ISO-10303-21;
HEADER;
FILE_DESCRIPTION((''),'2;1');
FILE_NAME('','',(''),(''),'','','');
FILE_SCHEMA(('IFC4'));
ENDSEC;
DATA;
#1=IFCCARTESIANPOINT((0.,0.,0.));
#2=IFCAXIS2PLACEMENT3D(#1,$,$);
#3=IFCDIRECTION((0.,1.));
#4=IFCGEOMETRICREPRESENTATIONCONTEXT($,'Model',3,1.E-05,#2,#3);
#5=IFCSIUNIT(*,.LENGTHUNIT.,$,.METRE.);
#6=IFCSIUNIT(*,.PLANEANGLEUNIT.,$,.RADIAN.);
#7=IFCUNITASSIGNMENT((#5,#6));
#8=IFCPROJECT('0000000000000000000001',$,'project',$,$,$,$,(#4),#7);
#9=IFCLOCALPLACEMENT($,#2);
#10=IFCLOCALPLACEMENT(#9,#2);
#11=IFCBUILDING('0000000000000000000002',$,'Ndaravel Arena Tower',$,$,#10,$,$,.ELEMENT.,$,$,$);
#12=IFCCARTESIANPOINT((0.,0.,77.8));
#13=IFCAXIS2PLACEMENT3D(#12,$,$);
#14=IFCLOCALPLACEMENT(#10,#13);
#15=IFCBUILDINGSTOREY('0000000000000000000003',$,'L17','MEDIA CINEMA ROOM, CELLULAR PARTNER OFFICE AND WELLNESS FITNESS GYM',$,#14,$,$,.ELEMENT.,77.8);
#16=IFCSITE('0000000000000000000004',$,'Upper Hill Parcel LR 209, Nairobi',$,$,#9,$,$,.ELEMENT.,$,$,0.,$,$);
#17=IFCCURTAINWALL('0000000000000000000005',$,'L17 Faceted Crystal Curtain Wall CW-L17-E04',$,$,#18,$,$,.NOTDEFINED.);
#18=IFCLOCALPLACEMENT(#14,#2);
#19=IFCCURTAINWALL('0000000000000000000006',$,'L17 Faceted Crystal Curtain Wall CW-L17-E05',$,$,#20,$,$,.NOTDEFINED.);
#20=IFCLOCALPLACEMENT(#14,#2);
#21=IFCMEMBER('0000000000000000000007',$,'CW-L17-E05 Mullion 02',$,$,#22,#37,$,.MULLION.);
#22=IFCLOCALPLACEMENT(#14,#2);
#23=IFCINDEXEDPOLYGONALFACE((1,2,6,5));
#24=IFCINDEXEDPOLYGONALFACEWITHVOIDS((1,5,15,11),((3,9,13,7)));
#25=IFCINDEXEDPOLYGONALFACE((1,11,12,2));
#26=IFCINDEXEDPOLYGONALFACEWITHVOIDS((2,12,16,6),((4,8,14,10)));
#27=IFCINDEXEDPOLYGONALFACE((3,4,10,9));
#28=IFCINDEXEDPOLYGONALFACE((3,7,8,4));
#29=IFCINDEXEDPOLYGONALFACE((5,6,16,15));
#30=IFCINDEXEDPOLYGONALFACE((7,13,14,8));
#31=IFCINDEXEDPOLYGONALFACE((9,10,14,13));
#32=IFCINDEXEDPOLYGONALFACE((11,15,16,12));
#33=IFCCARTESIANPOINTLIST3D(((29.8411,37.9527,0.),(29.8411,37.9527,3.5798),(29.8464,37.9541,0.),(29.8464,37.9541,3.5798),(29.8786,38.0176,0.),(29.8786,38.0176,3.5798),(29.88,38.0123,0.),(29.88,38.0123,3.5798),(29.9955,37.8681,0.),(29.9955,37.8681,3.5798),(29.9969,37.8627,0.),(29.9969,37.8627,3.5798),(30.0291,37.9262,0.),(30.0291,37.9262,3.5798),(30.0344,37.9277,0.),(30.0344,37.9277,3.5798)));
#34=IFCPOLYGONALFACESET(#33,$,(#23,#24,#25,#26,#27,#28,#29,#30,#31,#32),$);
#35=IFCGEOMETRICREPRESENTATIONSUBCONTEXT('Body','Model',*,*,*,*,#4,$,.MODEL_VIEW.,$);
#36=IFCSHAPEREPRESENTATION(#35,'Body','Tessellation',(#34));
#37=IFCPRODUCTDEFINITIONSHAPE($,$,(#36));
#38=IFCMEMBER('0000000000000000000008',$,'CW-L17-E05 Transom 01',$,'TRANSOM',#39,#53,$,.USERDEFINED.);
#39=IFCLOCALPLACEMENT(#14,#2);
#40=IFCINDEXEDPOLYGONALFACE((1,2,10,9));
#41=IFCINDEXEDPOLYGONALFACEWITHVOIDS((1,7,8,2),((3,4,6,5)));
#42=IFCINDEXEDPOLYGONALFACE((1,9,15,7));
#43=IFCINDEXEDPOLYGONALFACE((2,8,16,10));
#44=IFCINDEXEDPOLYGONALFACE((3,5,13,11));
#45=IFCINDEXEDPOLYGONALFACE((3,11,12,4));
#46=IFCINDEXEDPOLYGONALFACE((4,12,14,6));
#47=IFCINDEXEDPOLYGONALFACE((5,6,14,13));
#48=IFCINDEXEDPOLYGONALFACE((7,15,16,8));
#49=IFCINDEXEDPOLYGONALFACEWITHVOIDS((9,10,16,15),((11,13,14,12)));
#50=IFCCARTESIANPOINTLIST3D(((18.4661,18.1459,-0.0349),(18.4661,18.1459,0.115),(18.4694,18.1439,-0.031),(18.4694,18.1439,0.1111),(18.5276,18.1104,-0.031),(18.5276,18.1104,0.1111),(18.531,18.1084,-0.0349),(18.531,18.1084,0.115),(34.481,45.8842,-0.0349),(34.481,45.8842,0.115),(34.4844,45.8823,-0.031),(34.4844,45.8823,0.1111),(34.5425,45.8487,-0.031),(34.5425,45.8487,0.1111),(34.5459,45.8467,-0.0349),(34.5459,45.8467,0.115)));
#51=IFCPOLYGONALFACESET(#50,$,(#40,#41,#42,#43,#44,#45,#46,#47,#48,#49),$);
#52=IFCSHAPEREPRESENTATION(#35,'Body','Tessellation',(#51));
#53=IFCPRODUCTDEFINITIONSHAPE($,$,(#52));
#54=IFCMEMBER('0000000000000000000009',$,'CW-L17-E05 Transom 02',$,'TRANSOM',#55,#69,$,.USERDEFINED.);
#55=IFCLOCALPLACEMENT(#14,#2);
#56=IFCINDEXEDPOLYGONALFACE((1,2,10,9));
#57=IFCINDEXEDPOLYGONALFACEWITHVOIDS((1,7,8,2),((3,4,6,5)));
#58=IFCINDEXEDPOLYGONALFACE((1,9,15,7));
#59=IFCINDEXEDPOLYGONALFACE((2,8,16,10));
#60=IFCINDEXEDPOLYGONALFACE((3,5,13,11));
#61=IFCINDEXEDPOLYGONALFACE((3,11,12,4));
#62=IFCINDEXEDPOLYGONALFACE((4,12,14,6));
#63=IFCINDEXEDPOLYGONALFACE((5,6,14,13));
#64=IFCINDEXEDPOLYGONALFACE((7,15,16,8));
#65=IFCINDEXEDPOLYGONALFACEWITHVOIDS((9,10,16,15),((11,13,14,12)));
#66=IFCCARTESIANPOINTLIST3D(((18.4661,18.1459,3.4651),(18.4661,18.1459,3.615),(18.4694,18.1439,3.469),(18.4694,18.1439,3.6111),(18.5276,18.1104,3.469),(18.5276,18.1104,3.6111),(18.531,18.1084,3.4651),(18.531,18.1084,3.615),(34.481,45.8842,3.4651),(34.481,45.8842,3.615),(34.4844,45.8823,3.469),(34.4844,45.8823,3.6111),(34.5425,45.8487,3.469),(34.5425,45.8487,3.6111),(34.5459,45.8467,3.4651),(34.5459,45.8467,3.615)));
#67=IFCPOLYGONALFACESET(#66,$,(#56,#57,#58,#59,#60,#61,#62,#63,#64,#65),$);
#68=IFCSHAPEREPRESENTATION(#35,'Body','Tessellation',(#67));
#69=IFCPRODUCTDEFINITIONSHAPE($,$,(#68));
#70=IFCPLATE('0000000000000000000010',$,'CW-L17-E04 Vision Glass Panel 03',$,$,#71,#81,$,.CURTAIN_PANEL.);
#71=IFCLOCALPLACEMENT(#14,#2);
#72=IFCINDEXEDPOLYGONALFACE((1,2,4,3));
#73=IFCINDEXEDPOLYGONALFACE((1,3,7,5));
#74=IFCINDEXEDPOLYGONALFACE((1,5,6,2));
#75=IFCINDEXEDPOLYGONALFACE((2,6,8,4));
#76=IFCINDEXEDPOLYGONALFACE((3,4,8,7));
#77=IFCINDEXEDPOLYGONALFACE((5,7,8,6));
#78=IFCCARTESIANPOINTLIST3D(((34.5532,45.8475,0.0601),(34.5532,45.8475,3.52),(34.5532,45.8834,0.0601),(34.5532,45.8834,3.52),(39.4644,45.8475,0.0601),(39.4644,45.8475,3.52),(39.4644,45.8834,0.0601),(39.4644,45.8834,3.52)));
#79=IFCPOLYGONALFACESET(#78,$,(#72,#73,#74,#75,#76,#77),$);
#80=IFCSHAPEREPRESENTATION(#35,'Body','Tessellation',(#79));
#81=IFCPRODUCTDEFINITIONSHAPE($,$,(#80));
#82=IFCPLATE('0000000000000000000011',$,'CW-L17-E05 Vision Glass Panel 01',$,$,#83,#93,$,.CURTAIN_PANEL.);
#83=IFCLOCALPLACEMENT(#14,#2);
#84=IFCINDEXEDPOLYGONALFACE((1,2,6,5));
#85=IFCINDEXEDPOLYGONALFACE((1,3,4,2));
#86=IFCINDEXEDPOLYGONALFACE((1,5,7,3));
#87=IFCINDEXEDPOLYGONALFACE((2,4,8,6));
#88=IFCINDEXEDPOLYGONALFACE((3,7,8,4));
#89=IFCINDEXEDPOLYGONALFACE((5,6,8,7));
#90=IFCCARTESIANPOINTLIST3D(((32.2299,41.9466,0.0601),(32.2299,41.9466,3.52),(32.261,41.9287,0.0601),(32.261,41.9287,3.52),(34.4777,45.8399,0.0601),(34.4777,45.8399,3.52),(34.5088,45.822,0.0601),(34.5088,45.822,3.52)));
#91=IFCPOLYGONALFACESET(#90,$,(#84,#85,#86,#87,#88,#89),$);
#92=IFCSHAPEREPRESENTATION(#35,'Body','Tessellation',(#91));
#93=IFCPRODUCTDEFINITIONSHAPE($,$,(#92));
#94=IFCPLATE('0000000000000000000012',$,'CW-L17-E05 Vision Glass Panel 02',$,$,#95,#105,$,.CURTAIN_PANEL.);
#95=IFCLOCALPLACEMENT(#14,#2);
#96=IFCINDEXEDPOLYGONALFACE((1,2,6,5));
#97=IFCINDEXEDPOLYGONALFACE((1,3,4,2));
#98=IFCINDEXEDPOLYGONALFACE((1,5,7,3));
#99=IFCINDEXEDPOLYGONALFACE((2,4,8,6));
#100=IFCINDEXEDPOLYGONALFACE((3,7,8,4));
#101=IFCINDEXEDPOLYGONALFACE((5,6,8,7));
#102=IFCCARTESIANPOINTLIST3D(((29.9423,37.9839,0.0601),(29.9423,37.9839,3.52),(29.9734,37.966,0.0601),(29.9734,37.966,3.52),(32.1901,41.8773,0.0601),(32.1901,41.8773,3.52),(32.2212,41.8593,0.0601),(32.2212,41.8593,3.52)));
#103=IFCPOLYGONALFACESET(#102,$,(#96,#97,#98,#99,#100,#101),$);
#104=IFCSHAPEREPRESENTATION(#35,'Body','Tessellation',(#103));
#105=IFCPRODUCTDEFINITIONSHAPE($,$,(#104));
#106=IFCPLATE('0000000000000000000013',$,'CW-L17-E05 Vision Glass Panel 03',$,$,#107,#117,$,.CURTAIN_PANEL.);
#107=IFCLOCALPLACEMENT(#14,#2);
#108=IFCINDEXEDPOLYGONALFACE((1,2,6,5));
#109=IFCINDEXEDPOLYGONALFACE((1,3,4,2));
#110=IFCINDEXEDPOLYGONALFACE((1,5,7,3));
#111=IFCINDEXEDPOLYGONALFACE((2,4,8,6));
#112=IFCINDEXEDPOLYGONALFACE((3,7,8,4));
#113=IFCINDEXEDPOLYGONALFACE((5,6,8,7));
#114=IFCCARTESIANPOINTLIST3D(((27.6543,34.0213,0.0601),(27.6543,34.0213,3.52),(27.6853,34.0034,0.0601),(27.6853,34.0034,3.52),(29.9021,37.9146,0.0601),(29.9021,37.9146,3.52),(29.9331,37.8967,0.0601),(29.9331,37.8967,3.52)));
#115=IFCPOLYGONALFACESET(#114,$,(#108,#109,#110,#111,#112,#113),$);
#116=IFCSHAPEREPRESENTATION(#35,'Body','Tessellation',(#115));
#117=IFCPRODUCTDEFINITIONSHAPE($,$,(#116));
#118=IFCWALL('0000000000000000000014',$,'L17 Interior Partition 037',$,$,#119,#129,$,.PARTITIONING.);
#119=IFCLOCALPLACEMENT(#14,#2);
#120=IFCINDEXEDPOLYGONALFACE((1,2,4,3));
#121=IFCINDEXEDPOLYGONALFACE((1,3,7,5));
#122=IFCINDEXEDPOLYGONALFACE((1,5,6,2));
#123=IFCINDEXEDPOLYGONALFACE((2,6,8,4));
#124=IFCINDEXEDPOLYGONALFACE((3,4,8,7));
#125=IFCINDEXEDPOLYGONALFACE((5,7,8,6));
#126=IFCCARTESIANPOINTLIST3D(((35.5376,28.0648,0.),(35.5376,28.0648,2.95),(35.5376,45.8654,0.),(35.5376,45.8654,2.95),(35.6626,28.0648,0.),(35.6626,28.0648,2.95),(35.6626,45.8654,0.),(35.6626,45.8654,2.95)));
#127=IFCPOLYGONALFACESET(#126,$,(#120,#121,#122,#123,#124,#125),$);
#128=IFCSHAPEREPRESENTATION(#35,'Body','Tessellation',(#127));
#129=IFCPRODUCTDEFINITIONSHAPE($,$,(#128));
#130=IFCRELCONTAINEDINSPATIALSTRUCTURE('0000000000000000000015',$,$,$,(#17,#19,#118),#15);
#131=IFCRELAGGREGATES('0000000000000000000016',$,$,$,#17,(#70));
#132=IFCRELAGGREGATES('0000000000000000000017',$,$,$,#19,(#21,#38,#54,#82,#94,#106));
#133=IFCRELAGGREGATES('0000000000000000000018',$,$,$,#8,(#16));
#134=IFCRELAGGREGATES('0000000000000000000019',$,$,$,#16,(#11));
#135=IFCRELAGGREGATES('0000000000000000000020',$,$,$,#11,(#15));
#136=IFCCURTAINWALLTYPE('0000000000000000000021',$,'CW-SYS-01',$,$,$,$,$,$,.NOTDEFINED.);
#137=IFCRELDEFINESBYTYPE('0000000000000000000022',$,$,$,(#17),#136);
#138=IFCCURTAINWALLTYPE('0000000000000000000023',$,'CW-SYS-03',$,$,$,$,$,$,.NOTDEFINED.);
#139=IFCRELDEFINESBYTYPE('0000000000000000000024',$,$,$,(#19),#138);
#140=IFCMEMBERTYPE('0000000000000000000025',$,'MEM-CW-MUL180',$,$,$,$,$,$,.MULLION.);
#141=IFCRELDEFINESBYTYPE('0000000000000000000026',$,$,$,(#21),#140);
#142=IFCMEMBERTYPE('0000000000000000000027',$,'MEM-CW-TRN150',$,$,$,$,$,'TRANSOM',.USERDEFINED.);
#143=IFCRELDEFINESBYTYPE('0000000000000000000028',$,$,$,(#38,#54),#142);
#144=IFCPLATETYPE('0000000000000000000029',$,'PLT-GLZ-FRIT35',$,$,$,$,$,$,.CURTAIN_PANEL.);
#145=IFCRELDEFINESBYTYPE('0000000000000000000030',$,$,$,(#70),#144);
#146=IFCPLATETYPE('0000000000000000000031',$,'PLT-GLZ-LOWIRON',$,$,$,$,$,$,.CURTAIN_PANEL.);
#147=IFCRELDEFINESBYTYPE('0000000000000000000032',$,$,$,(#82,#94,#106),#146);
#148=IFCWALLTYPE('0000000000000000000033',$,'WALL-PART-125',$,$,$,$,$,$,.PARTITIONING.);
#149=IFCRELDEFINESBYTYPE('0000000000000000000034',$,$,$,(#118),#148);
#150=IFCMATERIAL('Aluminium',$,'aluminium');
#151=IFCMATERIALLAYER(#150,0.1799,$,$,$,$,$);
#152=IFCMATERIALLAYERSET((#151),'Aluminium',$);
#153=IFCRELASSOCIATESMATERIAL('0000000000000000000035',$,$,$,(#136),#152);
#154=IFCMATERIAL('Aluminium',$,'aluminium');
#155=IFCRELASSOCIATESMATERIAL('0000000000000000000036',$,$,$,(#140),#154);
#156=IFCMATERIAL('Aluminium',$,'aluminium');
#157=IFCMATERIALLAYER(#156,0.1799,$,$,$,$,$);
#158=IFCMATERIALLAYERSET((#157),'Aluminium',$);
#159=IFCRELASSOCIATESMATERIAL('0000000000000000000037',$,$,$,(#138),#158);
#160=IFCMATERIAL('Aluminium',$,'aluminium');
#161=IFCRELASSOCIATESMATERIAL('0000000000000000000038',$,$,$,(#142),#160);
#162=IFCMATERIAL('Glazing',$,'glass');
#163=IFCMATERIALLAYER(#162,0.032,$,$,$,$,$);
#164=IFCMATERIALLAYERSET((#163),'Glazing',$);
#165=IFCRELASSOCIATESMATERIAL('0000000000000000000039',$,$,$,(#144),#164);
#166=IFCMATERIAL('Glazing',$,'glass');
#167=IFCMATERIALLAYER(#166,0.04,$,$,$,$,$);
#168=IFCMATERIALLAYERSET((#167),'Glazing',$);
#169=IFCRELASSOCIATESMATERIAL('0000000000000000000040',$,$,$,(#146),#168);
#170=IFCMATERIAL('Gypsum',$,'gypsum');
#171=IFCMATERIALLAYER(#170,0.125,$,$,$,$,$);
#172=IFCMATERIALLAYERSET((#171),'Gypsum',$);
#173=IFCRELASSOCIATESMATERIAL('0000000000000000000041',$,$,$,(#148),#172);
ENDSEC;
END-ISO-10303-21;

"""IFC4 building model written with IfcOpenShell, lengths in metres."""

from ifc_helpers import new_model, si_unit, direction, frame, frame_2d, origin, origin_2d, place, context, subcontext, project, spatial, rectangle, hollow_rectangle, extrude, material, layer, layer_set, material_profile, profile_set, type_object, element, aggregate, save


model = new_model("IFC4")

# Units and contexts
model_context = context("Model", 3, precision=1e-05, world=origin(), true_north=direction((0.0, 1.0)))
body_context = subcontext(model_context, "Body", "Model", "MODEL_VIEW")
ifc_project = project(units=[si_unit("LENGTHUNIT", "METRE"), si_unit("PLANEANGLEUNIT", "RADIAN")], contexts=[model_context])

# Site, building, storey
site_placement = place(None, origin())
site = spatial("IfcSite", under=ifc_project, at=site_placement, Name="Upper Hill Parcel LR 209, Nairobi", CompositionType="ELEMENT", RefElevation=0.0)
building_placement = place(site_placement, origin())
building = spatial("IfcBuilding", under=site, at=building_placement, Name="Ndaravel Arena Tower", CompositionType="ELEMENT")
storey_placement = place(building_placement, frame((0.0, 0.0, 77.8)))
storey = spatial("IfcBuildingStorey", under=building, at=storey_placement, Name="L17", Description="MEDIA CINEMA ROOM, CELLULAR PARTNER OFFICE AND WELLNESS FITNESS GYM", CompositionType="ELEMENT", Elevation=77.8)

# Curtain wall
ifc_material_1 = material(Name="Aluminium", Category="aluminium")
ifc_layer_1 = layer(ifc_material_1, 0.1799)
ifc_layer_set_1 = layer_set([ifc_layer_1], Name="Aluminium")
curtain_wall_type_1 = type_object("IfcCurtainWallType", Name="CW-SYS-01", PredefinedType="NOTDEFINED", material=ifc_layer_set_1)
curtain_wall_1_placement = place(storey_placement, origin())
curtain_wall_1 = element("IfcCurtainWall", 1, at=curtain_wall_1_placement, inside=storey, type_object=curtain_wall_type_1, Name="L17 Faceted Crystal Curtain Wall CW-L17-E04", PredefinedType="NOTDEFINED")
ifc_material_2 = material(Name="Aluminium", Category="aluminium")
ifc_material_profile_1 = material_profile(ifc_material_2, hollow_rectangle(XDim=0.075, YDim=0.1799, WallThickness=0.0039, at=origin_2d()), Name="CW MULLION 75x180x4")
ifc_profile_set_1 = profile_set([ifc_material_profile_1], Name="Aluminium")
member_type_1 = type_object("IfcMemberType", Name="MEM-CW-MUL180", PredefinedType="MULLION", material=ifc_profile_set_1)

# Curtain wall, members
ifc_material_3 = material(Name="Aluminium", Category="aluminium")
ifc_layer_2 = layer(ifc_material_3, 0.1799)
ifc_layer_set_2 = layer_set([ifc_layer_2], Name="Aluminium")
curtain_wall_type_2 = type_object("IfcCurtainWallType", Name="CW-SYS-03", PredefinedType="NOTDEFINED", material=ifc_layer_set_2)
curtain_wall_2_placement = place(storey_placement, origin())
curtain_wall_2 = element("IfcCurtainWall", 2, at=curtain_wall_2_placement, inside=storey, type_object=curtain_wall_type_2, Name="L17 Faceted Crystal Curtain Wall CW-L17-E05", PredefinedType="NOTDEFINED")
member_1_placement = place(storey_placement, frame((29.9377, 37.9402, 0.0), z_axis=(0.0, 0.0, 1.0), x_axis=(-0.5, -0.866025, 0.0)))
member_1 = element("IfcMember", 3, at=member_1_placement, type_object=member_type_1, Name="CW-L17-E05 Mullion 02", PredefinedType="MULLION", context=body_context, shape_type="SweptSolid", body=[
    extrude(hollow_rectangle(XDim=0.075, YDim=0.1799, WallThickness=0.0039, at=origin_2d()), origin(), (0.0, 0.0, 1.0), 3.5798),
])
ifc_material_4 = material(Name="Aluminium", Category="aluminium")
ifc_material_profile_2 = material_profile(ifc_material_4, hollow_rectangle(XDim=0.075, YDim=0.1499, WallThickness=0.0039, at=origin_2d()), Name="CW TRANSOM 75x150x4")
ifc_profile_set_2 = profile_set([ifc_material_profile_2], Name="Aluminium")
member_type_2 = type_object("IfcMemberType", Name="MEM-CW-TRN150", ElementType="TRANSOM", PredefinedType="USERDEFINED", material=ifc_profile_set_2)
member_2_placement = place(storey_placement, frame((34.5134, 45.8655, 0.04), z_axis=(-0.500004, -0.866023, 0.0), x_axis=(0.866023, -0.500004, 0.0)))
member_2 = element("IfcMember", 4, at=member_2_placement, type_object=member_type_2, Name="CW-L17-E05 Transom 01", ObjectType="TRANSOM", PredefinedType="USERDEFINED", context=body_context, shape_type="SweptSolid", body=[
    extrude(hollow_rectangle(XDim=0.075, YDim=0.1499, WallThickness=0.0039, at=origin_2d()), origin(), (0.0, 0.0, 1.0), 32.0295),
])
member_3_placement = place(storey_placement, frame((34.5134, 45.8655, 3.54), z_axis=(-0.500004, -0.866023, 0.0), x_axis=(0.866023, -0.500004, 0.0)))
member_3 = element("IfcMember", 5, at=member_3_placement, type_object=member_type_2, Name="CW-L17-E05 Transom 02", ObjectType="TRANSOM", PredefinedType="USERDEFINED", context=body_context, shape_type="SweptSolid", body=[
    extrude(hollow_rectangle(XDim=0.075, YDim=0.1499, WallThickness=0.0039, at=origin_2d()), origin(), (0.0, 0.0, 1.0), 32.0295),
])

# Plates
ifc_material_5 = material(Name="Glazing", Category="glass")
ifc_layer_3 = layer(ifc_material_5, 0.032)
ifc_layer_set_3 = layer_set([ifc_layer_3], Name="Glazing")
plate_type_1 = type_object("IfcPlateType", Name="PLT-GLZ-FRIT35", PredefinedType="CURTAIN_PANEL", material=ifc_layer_set_3)
plate_1_placement = place(storey_placement, frame((37.0088, 45.8655, 0.0601), z_axis=(0.0, 0.0, 1.0), x_axis=(-1.0, 0.0, 0.0)))
plate_1 = element("IfcPlate", 6, at=plate_1_placement, type_object=plate_type_1, Name="CW-L17-E04 Vision Glass Panel 03", PredefinedType="CURTAIN_PANEL", context=body_context, shape_type="SweptSolid", body=[
    extrude(rectangle(XDim=4.9111, YDim=0.0359, at=origin_2d()), origin(), (0.0, 0.0, 1.0), 3.46),
])
aggregate(curtain_wall_1, [plate_1])
ifc_material_6 = material(Name="Glazing", Category="glass")
ifc_layer_4 = layer(ifc_material_6, 0.04)
ifc_layer_set_4 = layer_set([ifc_layer_4], Name="Glazing")
plate_type_2 = type_object("IfcPlateType", Name="PLT-GLZ-LOWIRON", PredefinedType="CURTAIN_PANEL", material=ifc_layer_set_4)
plate_2_placement = place(storey_placement, frame((33.3694, 43.8843, 0.0601), z_axis=(0.0, 0.0, 1.0), x_axis=(-0.5, -0.866025, 0.0)))
plate_2 = element("IfcPlate", 7, at=plate_2_placement, type_object=plate_type_2, Name="CW-L17-E05 Vision Glass Panel 01", PredefinedType="CURTAIN_PANEL", context=body_context, shape_type="SweptSolid", body=[
    extrude(rectangle(XDim=4.4956, YDim=0.0359, at=origin_2d()), origin(), (0.0, 0.0, 1.0), 3.46),
])
plate_3_placement = place(storey_placement, frame((31.0818, 39.9216, 0.0601), z_axis=(0.0, 0.0, 1.0), x_axis=(-0.5, -0.866025, 0.0)))
plate_3 = element("IfcPlate", 8, at=plate_3_placement, type_object=plate_type_2, Name="CW-L17-E05 Vision Glass Panel 02", PredefinedType="CURTAIN_PANEL", context=body_context, shape_type="SweptSolid", body=[
    extrude(rectangle(XDim=4.4956, YDim=0.0359, at=origin_2d()), origin(), (0.0, 0.0, 1.0), 3.46),
])
plate_4_placement = place(storey_placement, frame((28.7937, 35.959, 0.0601), z_axis=(0.0, 0.0, 1.0), x_axis=(-0.5, -0.866025, 0.0)))
plate_4 = element("IfcPlate", 9, at=plate_4_placement, type_object=plate_type_2, Name="CW-L17-E05 Vision Glass Panel 03", PredefinedType="CURTAIN_PANEL", context=body_context, shape_type="SweptSolid", body=[
    extrude(rectangle(XDim=4.4956, YDim=0.0359, at=origin_2d()), origin(), (0.0, 0.0, 1.0), 3.46),
])
aggregate(curtain_wall_2, [member_1, member_2, member_3, plate_2, plate_3, plate_4])

# Wall
ifc_material_7 = material(Name="Gypsum", Category="gypsum")
ifc_layer_5 = layer(ifc_material_7, 0.125)
ifc_layer_set_5 = layer_set([ifc_layer_5], Name="Gypsum")
wall_type = type_object("IfcWallType", Name="WALL-PART-125", PredefinedType="PARTITIONING", material=ifc_layer_set_5)
wall_placement = place(storey_placement, frame((35.6001, 45.8655, 0.0), z_axis=(0.0, 0.0, 1.0), x_axis=(0.0, -1.0, 0.0)))
element("IfcWall", 10, at=wall_placement, inside=storey, type_object=wall_type, Name="L17 Interior Partition 037", PredefinedType="PARTITIONING", context=body_context, shape_type="SweptSolid", body=[
    extrude(rectangle(XDim=17.8005, YDim=0.125, at=frame_2d((8.9004, 0.0))), origin(), (0.0, 0.0, 1.0), 2.95),
])

save(model, "model.ifc")
